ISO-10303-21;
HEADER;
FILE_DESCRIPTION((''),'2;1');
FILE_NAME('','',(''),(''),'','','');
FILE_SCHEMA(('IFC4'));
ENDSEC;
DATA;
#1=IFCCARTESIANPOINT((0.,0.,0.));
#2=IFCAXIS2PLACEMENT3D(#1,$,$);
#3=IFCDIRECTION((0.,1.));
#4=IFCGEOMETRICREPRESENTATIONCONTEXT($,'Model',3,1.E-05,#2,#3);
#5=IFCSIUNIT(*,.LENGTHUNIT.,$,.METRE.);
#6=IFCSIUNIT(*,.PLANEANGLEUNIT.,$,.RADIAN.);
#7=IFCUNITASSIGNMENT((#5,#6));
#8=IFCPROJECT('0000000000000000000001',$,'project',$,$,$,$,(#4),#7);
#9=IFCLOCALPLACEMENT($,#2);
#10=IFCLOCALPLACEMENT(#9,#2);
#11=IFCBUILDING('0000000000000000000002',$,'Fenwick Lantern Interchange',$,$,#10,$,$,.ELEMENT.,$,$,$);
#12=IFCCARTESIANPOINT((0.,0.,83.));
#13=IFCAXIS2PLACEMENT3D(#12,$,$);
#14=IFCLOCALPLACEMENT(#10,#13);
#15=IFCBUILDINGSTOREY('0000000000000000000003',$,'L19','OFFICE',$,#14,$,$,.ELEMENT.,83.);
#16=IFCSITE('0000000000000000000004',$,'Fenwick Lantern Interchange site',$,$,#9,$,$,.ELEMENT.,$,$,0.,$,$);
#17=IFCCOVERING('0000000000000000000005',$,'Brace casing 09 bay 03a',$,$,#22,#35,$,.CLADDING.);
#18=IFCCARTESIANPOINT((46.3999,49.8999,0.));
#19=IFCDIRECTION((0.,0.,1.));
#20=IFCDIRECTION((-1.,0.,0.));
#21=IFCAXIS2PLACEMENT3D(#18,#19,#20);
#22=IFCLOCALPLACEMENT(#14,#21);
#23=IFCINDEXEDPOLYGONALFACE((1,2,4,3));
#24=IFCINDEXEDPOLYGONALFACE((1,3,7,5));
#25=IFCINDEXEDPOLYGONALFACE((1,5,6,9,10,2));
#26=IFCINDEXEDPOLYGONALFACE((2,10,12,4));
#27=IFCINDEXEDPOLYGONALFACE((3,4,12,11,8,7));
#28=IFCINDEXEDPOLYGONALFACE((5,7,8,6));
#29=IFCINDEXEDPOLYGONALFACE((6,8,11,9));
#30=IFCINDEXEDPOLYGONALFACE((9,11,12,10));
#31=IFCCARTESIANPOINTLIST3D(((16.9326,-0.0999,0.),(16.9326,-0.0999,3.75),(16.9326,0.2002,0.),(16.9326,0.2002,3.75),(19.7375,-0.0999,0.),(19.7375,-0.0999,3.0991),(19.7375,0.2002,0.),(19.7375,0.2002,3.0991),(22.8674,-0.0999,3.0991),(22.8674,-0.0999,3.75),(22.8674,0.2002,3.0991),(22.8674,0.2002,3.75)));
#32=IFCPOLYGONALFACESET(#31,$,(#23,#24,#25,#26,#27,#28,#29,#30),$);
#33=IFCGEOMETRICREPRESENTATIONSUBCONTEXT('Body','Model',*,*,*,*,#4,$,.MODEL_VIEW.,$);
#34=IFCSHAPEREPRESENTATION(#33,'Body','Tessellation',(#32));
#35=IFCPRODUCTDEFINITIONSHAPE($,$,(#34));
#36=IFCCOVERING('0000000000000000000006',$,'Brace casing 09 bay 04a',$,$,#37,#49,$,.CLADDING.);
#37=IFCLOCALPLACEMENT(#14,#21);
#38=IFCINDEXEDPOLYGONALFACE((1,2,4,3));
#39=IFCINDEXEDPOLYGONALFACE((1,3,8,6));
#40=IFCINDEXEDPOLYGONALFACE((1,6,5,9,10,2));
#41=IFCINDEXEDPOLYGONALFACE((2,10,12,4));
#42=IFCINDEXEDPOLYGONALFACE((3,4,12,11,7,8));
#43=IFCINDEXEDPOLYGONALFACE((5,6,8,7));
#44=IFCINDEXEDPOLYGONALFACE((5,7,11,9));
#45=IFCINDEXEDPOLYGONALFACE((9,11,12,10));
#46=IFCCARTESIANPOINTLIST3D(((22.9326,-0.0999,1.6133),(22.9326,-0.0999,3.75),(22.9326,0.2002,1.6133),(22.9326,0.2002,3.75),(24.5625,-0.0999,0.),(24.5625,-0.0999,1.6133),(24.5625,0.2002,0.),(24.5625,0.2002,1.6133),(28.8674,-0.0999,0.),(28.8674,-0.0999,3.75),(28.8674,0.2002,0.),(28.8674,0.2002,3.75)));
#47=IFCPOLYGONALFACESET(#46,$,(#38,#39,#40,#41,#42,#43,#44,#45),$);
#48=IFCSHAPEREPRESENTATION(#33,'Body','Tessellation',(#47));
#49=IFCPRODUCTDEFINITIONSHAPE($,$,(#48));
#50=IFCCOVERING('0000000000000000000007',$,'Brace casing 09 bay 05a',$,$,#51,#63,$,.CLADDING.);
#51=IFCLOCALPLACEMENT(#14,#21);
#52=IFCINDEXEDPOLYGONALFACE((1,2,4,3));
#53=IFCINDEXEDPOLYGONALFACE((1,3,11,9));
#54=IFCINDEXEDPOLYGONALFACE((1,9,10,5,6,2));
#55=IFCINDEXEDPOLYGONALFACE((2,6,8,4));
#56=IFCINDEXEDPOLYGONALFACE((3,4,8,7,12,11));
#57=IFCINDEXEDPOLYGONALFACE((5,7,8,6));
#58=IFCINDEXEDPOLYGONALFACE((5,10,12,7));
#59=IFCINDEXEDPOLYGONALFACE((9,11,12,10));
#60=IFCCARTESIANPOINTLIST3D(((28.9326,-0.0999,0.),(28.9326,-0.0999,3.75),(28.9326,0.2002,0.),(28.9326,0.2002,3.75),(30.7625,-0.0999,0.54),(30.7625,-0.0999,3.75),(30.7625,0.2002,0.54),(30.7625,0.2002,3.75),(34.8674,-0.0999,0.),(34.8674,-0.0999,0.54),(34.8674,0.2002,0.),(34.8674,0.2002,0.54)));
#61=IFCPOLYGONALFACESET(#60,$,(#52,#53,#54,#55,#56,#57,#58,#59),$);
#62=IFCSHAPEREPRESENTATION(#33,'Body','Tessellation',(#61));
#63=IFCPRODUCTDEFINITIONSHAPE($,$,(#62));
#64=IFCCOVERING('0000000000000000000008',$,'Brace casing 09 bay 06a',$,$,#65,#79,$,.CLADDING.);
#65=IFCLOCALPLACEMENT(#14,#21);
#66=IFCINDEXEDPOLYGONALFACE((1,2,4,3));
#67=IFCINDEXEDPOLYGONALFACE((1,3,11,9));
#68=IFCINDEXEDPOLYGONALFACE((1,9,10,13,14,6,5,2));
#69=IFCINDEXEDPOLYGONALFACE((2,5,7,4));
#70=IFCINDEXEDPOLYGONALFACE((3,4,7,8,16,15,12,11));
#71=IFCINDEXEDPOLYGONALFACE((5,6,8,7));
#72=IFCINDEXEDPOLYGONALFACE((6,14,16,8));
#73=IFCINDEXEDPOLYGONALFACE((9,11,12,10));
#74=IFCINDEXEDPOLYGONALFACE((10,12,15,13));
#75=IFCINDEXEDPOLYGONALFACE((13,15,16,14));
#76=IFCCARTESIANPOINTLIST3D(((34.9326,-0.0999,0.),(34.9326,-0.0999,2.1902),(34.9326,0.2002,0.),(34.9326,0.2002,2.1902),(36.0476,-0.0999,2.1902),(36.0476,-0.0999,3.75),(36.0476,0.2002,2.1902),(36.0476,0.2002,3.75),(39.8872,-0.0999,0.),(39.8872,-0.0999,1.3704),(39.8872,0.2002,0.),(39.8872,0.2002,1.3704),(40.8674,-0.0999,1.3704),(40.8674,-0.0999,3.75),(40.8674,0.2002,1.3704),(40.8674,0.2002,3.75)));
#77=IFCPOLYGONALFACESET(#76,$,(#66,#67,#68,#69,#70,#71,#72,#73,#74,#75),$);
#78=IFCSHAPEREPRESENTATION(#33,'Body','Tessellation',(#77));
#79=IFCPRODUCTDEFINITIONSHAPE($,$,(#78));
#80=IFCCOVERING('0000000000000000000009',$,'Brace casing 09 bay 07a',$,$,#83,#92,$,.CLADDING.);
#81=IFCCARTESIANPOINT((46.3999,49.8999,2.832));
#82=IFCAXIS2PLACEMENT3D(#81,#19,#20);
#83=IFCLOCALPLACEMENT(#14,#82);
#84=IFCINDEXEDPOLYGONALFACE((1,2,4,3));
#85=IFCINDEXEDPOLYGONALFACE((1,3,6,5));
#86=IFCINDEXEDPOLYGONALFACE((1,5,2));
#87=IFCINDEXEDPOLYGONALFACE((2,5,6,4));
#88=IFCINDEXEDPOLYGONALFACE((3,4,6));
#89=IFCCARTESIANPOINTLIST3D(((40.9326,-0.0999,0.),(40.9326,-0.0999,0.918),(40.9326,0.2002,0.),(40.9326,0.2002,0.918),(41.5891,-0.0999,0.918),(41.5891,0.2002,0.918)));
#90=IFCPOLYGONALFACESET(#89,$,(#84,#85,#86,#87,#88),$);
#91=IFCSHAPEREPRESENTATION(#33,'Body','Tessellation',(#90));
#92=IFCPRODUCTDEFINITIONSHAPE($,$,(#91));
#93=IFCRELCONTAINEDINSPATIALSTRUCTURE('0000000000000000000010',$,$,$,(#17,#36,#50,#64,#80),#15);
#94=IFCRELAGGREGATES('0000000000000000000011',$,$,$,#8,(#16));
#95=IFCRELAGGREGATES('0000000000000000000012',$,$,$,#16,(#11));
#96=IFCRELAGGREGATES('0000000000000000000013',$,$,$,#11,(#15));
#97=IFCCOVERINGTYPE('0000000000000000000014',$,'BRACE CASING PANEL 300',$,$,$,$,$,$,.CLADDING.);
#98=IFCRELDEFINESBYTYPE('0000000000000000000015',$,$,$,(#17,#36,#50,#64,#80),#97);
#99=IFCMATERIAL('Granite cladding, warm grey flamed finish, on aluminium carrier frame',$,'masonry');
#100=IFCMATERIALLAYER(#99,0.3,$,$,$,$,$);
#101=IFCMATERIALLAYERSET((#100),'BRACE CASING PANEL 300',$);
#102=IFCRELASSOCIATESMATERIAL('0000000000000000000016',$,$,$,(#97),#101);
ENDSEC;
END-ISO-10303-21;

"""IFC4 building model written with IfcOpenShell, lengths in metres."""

from ifc_helpers import new_model, si_unit, direction, frame, origin, place, context, subcontext, project, spatial, polyline, outline, extrude, material, layer, layer_set, type_object, element, save


model = new_model("IFC4")

# Units and contexts
model_context = context("Model", 3, precision=1e-05, world=origin(), true_north=direction((0.0, 1.0)))
body_context = subcontext(model_context, "Body", "Model", "MODEL_VIEW")
ifc_project = project(units=[si_unit("LENGTHUNIT", "METRE"), si_unit("PLANEANGLEUNIT", "RADIAN")], contexts=[model_context])

# Site, building, storey
site_placement = place(None, origin())
site = spatial("IfcSite", under=ifc_project, at=site_placement, Name="Fenwick Lantern Interchange site", CompositionType="ELEMENT", RefElevation=0.0)
building_placement = place(site_placement, origin())
building = spatial("IfcBuilding", under=site, at=building_placement, Name="Fenwick Lantern Interchange", CompositionType="ELEMENT")
storey_placement = place(building_placement, frame((0.0, 0.0, 83.0)))
storey = spatial("IfcBuildingStorey", under=building, at=storey_placement, Name="L19", Description="OFFICE", CompositionType="ELEMENT", Elevation=83.0)

# Coverings
ifc_material_1 = material(Name="Granite cladding, warm grey flamed finish, on aluminium carrier frame", Category="masonry")
ifc_layer_1 = layer(ifc_material_1, 0.3)
ifc_layer_set_1 = layer_set([ifc_layer_1], Name="BRACE CASING PANEL 300")
covering_type = type_object("IfcCoveringType", Name="BRACE CASING PANEL 300", PredefinedType="CLADDING", material=ifc_layer_set_1)
covering_1_placement = place(storey_placement, frame((46.3999, 49.8999, 0.0), z_axis=(0.0, 0.0, 1.0), x_axis=(-1.0, 0.0, 0.0)))
element("IfcCovering", 1, at=covering_1_placement, inside=storey, type_object=covering_type, Name="Brace casing 09 bay 03a", PredefinedType="CLADDING", context=body_context, shape_type="SweptSolid", body=[
    extrude(outline(polyline([(16.9326, 0.0), (19.7375, 0.0), (19.7375, 3.0991), (22.8674, 3.0991), (22.8674, 3.75), (16.9326, 3.75), (16.9326, 0.0)])), frame((0.0, 0.2002, 0.0), z_axis=(0.0, -1.0, 0.0), x_axis=(1.0, 0.0, 0.0)), (0.0, 0.0, 1.0), 0.3),
])
covering_2_placement = place(storey_placement, frame((46.3999, 49.8999, 0.0), z_axis=(0.0, 0.0, 1.0), x_axis=(-1.0, 0.0, 0.0)))
element("IfcCovering", 2, at=covering_2_placement, inside=storey, type_object=covering_type, Name="Brace casing 09 bay 04a", PredefinedType="CLADDING", context=body_context, shape_type="SweptSolid", body=[
    extrude(outline(polyline([(24.5625, 0.0), (28.8674, 0.0), (28.8674, 3.75), (22.9326, 3.75), (22.9326, 1.6133), (24.5625, 1.6133), (24.5625, 0.0)])), frame((0.0, 0.2002, 0.0), z_axis=(0.0, -1.0, 0.0), x_axis=(1.0, 0.0, 0.0)), (0.0, 0.0, 1.0), 0.3),
])
covering_3_placement = place(storey_placement, frame((46.3999, 49.8999, 0.0), z_axis=(0.0, 0.0, 1.0), x_axis=(-1.0, 0.0, 0.0)))
element("IfcCovering", 3, at=covering_3_placement, inside=storey, type_object=covering_type, Name="Brace casing 09 bay 05a", PredefinedType="CLADDING", context=body_context, shape_type="SweptSolid", body=[
    extrude(outline(polyline([(28.9326, 0.0), (34.8674, 0.0), (34.8674, 0.54), (30.7625, 0.54), (30.7625, 3.75), (28.9326, 3.75), (28.9326, 0.0)])), frame((0.0, 0.2002, 0.0), z_axis=(0.0, -1.0, 0.0), x_axis=(1.0, 0.0, 0.0)), (0.0, 0.0, 1.0), 0.3),
])
covering_4_placement = place(storey_placement, frame((46.3999, 49.8999, 0.0), z_axis=(0.0, 0.0, 1.0), x_axis=(-1.0, 0.0, 0.0)))
element("IfcCovering", 4, at=covering_4_placement, inside=storey, type_object=covering_type, Name="Brace casing 09 bay 06a", PredefinedType="CLADDING", context=body_context, shape_type="SweptSolid", body=[
    extrude(outline(polyline([(34.9326, 0.0), (39.8872, 0.0), (39.8872, 1.3704), (40.8674, 1.3704), (40.8674, 3.75), (36.0476, 3.75), (36.0476, 2.1902), (34.9326, 2.1902), (34.9326, 0.0)])), frame((0.0, 0.2002, 0.0), z_axis=(0.0, -1.0, 0.0), x_axis=(1.0, 0.0, 0.0)), (0.0, 0.0, 1.0), 0.3),
])
covering_5_placement = place(storey_placement, frame((46.3999, 49.8999, 2.832), z_axis=(0.0, 0.0, 1.0), x_axis=(-1.0, 0.0, 0.0)))
element("IfcCovering", 5, at=covering_5_placement, inside=storey, type_object=covering_type, Name="Brace casing 09 bay 07a", PredefinedType="CLADDING", context=body_context, shape_type="SweptSolid", body=[
    extrude(outline(polyline([(40.9326, 0.0), (41.5891, 0.918), (40.9326, 0.918), (40.9326, 0.0)])), frame((0.0, 0.2002, 0.0), z_axis=(0.0, -1.0, 0.0), x_axis=(1.0, 0.0, 0.0)), (0.0, 0.0, 1.0), 0.3),
])

save(model, "model.ifc")
